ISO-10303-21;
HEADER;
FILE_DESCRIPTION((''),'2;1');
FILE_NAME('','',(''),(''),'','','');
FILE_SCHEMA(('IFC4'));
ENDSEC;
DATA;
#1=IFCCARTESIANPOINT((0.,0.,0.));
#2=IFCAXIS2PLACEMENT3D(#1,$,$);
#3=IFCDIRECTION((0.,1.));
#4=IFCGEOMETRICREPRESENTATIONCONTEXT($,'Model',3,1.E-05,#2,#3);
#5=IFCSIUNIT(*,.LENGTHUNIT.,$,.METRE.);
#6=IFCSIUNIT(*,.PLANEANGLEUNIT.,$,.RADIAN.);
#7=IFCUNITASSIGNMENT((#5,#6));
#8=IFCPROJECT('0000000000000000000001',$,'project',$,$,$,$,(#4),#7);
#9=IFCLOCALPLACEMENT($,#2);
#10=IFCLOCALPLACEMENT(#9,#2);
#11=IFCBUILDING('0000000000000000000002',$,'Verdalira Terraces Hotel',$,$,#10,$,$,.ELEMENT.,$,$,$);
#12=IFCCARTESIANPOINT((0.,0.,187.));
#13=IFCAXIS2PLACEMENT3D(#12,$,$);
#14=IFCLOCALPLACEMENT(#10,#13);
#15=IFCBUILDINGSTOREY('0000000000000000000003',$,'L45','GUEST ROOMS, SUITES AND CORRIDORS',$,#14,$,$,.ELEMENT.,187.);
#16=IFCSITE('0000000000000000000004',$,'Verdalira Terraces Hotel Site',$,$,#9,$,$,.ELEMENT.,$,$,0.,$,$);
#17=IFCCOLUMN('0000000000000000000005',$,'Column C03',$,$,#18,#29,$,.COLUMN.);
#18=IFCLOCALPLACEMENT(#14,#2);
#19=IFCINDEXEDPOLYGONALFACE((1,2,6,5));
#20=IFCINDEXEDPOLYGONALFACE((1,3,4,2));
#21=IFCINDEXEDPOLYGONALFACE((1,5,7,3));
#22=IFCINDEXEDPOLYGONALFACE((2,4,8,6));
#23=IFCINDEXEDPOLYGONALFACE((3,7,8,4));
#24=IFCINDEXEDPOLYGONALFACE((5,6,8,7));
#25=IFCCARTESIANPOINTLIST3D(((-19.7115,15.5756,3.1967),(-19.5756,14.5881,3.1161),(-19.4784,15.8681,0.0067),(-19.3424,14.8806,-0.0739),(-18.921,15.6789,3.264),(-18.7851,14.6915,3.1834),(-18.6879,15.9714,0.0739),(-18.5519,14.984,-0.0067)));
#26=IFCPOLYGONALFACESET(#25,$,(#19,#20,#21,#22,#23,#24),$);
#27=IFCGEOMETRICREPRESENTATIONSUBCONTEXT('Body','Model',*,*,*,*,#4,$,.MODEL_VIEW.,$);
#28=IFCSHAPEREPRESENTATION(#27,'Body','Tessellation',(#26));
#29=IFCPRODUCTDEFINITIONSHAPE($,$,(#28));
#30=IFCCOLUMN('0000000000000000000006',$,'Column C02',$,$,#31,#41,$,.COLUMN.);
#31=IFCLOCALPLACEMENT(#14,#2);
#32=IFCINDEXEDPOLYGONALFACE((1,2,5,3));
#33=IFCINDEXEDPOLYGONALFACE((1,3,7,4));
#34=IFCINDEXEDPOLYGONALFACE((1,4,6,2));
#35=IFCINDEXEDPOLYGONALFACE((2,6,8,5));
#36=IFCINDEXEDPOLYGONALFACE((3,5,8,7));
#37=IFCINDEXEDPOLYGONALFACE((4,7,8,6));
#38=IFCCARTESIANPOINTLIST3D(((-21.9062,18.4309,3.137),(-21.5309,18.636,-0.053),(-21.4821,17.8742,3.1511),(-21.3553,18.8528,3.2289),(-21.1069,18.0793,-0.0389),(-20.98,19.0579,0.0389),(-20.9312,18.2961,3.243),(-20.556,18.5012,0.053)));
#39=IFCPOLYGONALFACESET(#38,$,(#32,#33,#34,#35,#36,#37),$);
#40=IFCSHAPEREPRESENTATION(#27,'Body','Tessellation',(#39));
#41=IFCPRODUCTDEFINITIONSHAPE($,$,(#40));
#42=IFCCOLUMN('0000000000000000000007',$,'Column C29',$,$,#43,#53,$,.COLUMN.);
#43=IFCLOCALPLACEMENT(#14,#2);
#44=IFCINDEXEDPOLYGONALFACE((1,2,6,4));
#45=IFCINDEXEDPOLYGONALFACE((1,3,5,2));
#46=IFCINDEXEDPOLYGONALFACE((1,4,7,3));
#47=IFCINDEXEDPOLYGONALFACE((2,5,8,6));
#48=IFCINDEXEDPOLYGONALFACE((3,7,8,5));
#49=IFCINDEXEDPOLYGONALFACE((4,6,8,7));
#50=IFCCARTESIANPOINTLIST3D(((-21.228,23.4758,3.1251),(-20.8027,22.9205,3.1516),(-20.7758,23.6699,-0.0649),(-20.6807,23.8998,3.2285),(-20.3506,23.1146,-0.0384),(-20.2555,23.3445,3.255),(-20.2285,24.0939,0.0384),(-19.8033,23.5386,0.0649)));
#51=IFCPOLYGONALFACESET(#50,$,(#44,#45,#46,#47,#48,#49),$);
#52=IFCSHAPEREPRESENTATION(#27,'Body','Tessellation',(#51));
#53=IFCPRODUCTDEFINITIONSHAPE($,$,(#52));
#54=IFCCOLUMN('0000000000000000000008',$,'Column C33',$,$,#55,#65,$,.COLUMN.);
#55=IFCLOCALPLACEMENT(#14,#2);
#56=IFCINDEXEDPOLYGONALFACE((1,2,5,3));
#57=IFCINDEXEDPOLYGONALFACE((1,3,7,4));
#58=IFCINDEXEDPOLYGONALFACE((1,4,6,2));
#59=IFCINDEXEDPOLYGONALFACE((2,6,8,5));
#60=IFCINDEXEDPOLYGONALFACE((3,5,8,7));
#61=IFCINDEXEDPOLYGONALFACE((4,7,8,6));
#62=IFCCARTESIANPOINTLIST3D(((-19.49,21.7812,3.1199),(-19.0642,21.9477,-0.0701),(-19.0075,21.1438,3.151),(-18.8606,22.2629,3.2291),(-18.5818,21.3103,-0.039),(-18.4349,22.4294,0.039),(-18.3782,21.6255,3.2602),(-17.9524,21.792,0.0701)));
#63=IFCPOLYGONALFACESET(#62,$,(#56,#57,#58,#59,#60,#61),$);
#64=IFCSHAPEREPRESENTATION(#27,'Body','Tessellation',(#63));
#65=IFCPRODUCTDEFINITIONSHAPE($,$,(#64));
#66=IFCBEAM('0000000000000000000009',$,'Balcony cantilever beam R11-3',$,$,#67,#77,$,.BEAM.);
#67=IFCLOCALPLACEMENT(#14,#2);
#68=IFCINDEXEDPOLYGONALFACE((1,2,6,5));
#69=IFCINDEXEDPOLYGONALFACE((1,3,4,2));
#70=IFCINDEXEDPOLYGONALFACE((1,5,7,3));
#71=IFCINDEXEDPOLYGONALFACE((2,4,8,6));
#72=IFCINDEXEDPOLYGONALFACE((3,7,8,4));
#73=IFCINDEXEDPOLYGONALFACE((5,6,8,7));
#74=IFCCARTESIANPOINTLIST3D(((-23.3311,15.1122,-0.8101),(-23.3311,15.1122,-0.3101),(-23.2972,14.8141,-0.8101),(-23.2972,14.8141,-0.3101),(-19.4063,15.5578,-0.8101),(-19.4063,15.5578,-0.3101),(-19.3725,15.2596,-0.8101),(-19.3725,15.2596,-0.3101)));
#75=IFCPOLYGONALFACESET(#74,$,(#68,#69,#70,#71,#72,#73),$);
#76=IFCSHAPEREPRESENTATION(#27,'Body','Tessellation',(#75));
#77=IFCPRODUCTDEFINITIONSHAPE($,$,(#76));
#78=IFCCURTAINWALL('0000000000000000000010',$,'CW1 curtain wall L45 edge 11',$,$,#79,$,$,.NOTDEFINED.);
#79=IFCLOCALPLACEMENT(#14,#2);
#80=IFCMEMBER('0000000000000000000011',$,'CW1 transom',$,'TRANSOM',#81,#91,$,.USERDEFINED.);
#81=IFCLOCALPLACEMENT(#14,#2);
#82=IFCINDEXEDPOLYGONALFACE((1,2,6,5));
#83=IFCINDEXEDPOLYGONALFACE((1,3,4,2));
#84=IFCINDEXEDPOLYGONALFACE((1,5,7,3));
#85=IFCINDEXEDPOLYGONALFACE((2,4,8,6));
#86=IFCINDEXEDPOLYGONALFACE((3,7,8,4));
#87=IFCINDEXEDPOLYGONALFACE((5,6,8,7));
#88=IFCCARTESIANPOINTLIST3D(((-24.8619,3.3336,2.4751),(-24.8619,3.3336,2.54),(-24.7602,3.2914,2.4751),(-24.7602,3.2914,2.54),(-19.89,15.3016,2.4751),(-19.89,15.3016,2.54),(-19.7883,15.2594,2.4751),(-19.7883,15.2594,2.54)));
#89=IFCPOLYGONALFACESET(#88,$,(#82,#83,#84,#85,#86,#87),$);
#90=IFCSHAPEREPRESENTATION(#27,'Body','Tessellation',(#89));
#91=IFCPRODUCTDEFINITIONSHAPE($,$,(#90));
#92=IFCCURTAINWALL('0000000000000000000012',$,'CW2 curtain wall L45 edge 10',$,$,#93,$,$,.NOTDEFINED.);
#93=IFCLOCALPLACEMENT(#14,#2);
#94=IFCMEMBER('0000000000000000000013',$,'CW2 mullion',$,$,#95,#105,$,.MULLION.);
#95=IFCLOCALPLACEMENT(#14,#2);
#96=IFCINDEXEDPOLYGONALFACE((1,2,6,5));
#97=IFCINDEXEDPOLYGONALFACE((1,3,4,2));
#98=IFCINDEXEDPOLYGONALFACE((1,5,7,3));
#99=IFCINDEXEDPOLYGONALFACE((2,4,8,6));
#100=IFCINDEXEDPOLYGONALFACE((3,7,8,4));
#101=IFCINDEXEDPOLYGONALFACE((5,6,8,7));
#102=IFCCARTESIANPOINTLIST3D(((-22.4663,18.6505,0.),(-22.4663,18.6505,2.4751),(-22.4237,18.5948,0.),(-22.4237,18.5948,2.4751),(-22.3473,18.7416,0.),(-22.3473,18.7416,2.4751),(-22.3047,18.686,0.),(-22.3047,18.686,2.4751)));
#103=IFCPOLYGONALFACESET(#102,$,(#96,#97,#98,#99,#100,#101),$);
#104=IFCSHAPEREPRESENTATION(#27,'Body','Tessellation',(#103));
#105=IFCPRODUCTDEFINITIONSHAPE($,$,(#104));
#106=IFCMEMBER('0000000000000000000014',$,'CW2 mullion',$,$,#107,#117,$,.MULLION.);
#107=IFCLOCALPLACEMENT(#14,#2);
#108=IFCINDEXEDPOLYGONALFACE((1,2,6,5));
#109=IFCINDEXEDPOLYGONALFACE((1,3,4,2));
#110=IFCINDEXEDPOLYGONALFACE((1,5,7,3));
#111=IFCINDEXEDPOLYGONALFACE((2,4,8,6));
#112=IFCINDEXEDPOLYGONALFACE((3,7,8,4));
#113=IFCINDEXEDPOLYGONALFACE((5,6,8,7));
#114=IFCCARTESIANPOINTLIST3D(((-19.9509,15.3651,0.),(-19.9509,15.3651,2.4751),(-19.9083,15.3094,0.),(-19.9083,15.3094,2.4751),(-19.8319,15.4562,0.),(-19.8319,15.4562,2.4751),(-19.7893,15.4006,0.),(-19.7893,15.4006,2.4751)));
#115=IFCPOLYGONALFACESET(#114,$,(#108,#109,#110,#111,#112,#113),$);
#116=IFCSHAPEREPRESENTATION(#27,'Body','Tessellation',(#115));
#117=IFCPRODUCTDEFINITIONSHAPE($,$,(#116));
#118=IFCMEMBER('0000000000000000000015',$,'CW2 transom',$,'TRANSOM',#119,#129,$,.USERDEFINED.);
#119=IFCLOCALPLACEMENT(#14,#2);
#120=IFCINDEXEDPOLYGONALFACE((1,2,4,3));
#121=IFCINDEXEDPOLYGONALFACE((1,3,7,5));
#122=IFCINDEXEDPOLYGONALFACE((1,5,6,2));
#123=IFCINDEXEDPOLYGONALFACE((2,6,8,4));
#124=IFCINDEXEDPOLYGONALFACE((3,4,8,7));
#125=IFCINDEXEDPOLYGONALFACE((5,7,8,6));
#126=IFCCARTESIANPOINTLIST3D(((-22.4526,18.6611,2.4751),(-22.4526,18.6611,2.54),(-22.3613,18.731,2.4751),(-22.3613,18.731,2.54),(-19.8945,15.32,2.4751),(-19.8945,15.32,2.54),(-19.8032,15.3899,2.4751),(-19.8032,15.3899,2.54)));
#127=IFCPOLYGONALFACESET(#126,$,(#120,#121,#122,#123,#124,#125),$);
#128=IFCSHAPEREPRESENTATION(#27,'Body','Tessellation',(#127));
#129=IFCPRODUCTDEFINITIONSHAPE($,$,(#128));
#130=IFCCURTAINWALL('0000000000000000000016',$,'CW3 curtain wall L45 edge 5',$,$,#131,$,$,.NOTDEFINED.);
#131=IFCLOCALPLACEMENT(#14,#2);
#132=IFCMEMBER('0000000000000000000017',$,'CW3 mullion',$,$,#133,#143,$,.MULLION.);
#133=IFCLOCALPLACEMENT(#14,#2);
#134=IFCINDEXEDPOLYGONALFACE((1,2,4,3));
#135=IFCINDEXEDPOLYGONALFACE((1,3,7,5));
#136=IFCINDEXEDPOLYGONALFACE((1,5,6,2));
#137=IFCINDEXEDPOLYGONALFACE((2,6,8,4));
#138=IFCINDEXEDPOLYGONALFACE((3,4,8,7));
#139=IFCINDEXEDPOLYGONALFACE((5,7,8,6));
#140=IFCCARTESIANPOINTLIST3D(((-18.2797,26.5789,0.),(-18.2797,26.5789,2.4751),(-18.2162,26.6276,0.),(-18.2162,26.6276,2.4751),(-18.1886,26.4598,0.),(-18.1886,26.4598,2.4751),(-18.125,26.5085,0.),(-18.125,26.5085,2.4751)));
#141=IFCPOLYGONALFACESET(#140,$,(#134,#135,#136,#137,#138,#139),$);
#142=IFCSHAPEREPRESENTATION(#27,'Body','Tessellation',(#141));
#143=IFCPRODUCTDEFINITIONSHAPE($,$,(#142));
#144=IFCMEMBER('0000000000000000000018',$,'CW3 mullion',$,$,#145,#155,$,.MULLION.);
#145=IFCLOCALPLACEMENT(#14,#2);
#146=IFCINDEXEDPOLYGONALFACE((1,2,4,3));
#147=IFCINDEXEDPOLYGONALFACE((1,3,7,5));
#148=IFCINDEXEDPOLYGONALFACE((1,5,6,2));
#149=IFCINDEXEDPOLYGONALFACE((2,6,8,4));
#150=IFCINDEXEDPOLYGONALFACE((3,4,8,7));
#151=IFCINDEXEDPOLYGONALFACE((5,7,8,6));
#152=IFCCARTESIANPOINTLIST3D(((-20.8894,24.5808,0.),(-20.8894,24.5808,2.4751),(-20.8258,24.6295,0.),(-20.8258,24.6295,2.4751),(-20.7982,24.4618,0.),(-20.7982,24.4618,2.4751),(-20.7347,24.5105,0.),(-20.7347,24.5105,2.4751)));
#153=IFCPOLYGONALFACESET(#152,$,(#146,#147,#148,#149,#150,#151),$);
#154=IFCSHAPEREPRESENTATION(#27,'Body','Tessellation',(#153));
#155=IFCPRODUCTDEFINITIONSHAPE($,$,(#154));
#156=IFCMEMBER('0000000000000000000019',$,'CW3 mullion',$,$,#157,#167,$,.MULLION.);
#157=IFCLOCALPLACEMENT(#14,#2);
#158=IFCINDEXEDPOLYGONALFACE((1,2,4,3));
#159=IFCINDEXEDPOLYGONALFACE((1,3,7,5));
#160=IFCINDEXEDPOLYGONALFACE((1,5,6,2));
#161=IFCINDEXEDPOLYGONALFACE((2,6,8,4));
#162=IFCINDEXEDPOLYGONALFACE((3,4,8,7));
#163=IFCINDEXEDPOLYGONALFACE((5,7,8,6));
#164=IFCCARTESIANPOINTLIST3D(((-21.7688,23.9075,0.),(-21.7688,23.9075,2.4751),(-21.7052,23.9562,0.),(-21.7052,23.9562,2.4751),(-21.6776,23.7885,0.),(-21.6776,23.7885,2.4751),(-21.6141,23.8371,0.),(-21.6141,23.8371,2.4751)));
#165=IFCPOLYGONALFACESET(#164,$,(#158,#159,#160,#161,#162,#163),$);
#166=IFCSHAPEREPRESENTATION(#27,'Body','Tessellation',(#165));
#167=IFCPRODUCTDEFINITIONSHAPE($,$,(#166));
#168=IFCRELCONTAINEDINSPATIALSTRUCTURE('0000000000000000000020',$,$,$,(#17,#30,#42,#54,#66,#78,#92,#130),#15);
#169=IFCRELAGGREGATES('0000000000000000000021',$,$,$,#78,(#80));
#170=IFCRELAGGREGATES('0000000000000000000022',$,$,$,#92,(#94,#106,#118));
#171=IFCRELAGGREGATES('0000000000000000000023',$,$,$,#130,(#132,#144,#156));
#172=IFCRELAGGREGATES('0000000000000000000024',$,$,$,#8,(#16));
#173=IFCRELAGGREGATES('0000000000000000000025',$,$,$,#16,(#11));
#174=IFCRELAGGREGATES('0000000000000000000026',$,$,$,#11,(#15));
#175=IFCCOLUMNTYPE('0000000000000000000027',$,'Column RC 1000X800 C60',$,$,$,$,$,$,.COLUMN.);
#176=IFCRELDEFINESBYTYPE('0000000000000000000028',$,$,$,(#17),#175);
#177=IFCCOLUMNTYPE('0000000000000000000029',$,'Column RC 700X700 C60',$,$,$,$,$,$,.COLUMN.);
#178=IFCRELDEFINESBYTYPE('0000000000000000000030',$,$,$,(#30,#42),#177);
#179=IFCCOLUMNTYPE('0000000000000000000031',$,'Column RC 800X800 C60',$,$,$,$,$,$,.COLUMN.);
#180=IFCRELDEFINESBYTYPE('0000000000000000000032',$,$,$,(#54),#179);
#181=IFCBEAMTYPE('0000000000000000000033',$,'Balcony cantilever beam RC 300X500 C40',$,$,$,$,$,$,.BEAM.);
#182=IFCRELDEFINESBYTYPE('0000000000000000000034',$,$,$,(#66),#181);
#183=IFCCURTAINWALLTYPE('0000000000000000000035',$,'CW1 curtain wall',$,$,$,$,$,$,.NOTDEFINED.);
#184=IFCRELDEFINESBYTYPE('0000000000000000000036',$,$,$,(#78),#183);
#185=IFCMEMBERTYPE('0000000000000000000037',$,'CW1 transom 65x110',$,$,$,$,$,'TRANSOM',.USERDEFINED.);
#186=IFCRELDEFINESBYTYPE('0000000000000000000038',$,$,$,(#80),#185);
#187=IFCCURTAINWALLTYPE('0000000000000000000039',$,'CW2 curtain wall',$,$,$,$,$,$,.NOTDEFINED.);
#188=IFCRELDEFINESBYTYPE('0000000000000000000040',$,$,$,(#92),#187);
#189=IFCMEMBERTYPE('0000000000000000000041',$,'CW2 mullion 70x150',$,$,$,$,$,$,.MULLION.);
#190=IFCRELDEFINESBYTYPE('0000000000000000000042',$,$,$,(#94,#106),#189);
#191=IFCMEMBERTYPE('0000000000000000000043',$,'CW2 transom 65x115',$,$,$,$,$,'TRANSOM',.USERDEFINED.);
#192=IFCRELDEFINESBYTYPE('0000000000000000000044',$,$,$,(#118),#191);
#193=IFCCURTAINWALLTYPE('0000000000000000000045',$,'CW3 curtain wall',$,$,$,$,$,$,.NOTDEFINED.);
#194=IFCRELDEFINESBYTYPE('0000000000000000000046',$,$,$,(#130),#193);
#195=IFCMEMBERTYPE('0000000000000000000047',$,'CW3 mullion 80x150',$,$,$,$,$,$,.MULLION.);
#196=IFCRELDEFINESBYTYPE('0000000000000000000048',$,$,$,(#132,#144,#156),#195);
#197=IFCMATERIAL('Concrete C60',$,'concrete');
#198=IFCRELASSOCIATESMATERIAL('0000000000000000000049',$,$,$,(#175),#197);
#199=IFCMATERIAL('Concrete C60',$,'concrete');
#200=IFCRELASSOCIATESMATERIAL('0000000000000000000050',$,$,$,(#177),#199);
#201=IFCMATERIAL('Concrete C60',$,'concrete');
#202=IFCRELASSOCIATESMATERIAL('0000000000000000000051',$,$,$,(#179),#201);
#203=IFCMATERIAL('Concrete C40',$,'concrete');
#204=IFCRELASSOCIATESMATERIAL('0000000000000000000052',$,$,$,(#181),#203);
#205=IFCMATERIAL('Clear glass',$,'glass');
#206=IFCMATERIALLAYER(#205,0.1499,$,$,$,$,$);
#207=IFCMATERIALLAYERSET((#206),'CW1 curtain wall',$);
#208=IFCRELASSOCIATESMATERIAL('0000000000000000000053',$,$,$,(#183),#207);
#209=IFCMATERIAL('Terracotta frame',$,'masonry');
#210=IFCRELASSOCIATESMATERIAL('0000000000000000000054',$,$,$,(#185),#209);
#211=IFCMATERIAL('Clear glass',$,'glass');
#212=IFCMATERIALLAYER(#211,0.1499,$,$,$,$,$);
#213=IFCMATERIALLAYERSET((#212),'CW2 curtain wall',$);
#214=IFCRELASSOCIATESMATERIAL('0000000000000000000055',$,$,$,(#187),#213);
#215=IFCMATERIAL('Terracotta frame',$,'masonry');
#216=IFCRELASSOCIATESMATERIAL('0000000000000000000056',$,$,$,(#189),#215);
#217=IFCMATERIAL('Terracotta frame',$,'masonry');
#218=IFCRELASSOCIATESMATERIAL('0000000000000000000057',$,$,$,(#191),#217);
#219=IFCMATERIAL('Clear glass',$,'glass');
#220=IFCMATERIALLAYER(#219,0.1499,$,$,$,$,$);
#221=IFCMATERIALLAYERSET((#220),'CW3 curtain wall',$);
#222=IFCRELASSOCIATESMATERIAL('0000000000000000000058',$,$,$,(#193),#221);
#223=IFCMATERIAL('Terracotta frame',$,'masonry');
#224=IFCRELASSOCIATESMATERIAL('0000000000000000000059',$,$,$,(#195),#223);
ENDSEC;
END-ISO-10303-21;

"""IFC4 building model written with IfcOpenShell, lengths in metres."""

from ifc_helpers import new_model, si_unit, direction, frame, origin, origin_2d, place, context, subcontext, project, spatial, rectangle, extrude, material, layer, layer_set, material_profile, profile_set, type_object, element, aggregate, save


model = new_model("IFC4")

# Units and contexts
model_context = context("Model", 3, precision=1e-05, world=origin(), true_north=direction((0.0, 1.0)))
body_context = subcontext(model_context, "Body", "Model", "MODEL_VIEW")
ifc_project = project(units=[si_unit("LENGTHUNIT", "METRE"), si_unit("PLANEANGLEUNIT", "RADIAN")], contexts=[model_context])

# Site, building, storey
site_placement = place(None, origin())
site = spatial("IfcSite", under=ifc_project, at=site_placement, Name="Verdalira Terraces Hotel Site", CompositionType="ELEMENT", RefElevation=0.0)
building_placement = place(site_placement, origin())
building = spatial("IfcBuilding", under=site, at=building_placement, Name="Verdalira Terraces Hotel", CompositionType="ELEMENT")
storey_placement = place(building_placement, frame((0.0, 0.0, 187.0)))
storey = spatial("IfcBuildingStorey", under=building, at=storey_placement, Name="L45", Description="GUEST ROOMS, SUITES AND CORRIDORS", CompositionType="ELEMENT", Elevation=187.0)

# Columns
ifc_material_1 = material(Name="Concrete C60", Category="concrete")
ifc_material_profile_1 = material_profile(ifc_material_1, rectangle(XDim=1.0, YDim=0.8, at=origin_2d()), Name="RC 1000X800")
ifc_profile_set_1 = profile_set([ifc_material_profile_1], Name="Concrete C60")
column_type_1 = type_object("IfcColumnType", Name="Column RC 1000X800 C60", PredefinedType="COLUMN", material=ifc_profile_set_1)
column_1_placement = place(storey_placement, frame((-19.0151, 15.426, 0.0), z_axis=(-0.072593, -0.091064, 0.993196), x_axis=(-0.135973, 0.987429, 0.080597)))
element("IfcColumn", 1, at=column_1_placement, inside=storey, type_object=column_type_1, Name="Column C03", PredefinedType="COLUMN", context=body_context, shape_type="SweptSolid", body=[
    extrude(rectangle(XDim=1.0, YDim=0.8, at=origin_2d()), origin(), (0.0, 0.0, 1.0), 3.2119),
])
ifc_material_2 = material(Name="Concrete C60", Category="concrete")
ifc_material_profile_2 = material_profile(ifc_material_2, rectangle(XDim=0.7, YDim=0.7, at=origin_2d()), Name="RC 700X700")
ifc_profile_set_2 = profile_set([ifc_material_profile_2], Name="Concrete C60")
column_type_2 = type_object("IfcColumnType", Name="Column RC 700X700 C60", PredefinedType="COLUMN", material=ifc_profile_set_2)
column_2_placement = place(storey_placement, frame((-21.0435, 18.5686, 0.0), z_axis=(-0.116591, -0.063719, 0.991134), x_axis=(0.605823, -0.795345, 0.020133)))
element("IfcColumn", 2, at=column_2_placement, inside=storey, type_object=column_type_2, Name="Column C02", PredefinedType="COLUMN", context=body_context, shape_type="SweptSolid", body=[
    extrude(rectangle(XDim=0.7, YDim=0.7, at=origin_2d()), origin(), (0.0, 0.0, 1.0), 3.2185),
])
column_3_placement = place(storey_placement, frame((-20.2896, 23.6042, 0.0), z_axis=(-0.140085, -0.060134, 0.988312), x_axis=(-0.781843, -0.605734, -0.147676)))
element("IfcColumn", 3, at=column_3_placement, inside=storey, type_object=column_type_2, Name="Column C29", PredefinedType="COLUMN", context=body_context, shape_type="SweptSolid", body=[
    extrude(rectangle(XDim=0.7, YDim=0.7, at=origin_2d()), origin(), (0.0, 0.0, 1.0), 3.2278),
])
ifc_material_3 = material(Name="Concrete C60", Category="concrete")
ifc_material_profile_3 = material_profile(ifc_material_3, rectangle(XDim=0.8, YDim=0.8, at=origin_2d()), Name="RC 800X800")
ifc_profile_set_3 = profile_set([ifc_material_profile_3], Name="Concrete C60")
column_type_3 = type_object("IfcColumnType", Name="Column RC 800X800 C60", PredefinedType="COLUMN", material=ifc_profile_set_3)
column_4_placement = place(storey_placement, frame((-18.5083, 21.8699, 0.0), z_axis=(-0.132126, -0.051669, 0.989885), x_axis=(-0.603061, 0.796746, -0.038907)))
element("IfcColumn", 4, at=column_4_placement, inside=storey, type_object=column_type_3, Name="Column C33", PredefinedType="COLUMN", context=body_context, shape_type="SweptSolid", body=[
    extrude(rectangle(XDim=0.8, YDim=0.8, at=origin_2d()), origin(), (0.0, 0.0, 1.0), 3.2227),
])

# Beam
ifc_material_4 = material(Name="Concrete C40", Category="concrete")
ifc_material_profile_4 = material_profile(ifc_material_4, rectangle(XDim=0.3, YDim=0.5, at=origin_2d()), Name="RC 300X500")
ifc_profile_set_4 = profile_set([ifc_material_profile_4], Name="Concrete C40")
beam_type_1 = type_object("IfcBeamType", Name="Balcony cantilever beam RC 300X500 C40", PredefinedType="BEAM", material=ifc_profile_set_4)
beam_1_placement = place(storey_placement, frame((-19.3894, 15.4087, -0.5601), z_axis=(-0.993618, -0.112799, 0.0), x_axis=(0.112799, -0.993618, 0.0)))
element("IfcBeam", 5, at=beam_1_placement, inside=storey, type_object=beam_type_1, Name="Balcony cantilever beam R11-3", PredefinedType="BEAM", context=body_context, shape_type="SweptSolid", body=[
    extrude(rectangle(XDim=0.3, YDim=0.5, at=origin_2d()), origin(), (0.0, 0.0, 1.0), 3.95),
])

# Curtain wall, member
ifc_material_5 = material(Name="Clear glass", Category="glass")
ifc_layer_1 = layer(ifc_material_5, 0.1499)
ifc_layer_set_1 = layer_set([ifc_layer_1], Name="CW1 curtain wall")
curtain_wall_type_1 = type_object("IfcCurtainWallType", Name="CW1 curtain wall", PredefinedType="NOTDEFINED", material=ifc_layer_set_1)
curtain_wall_1_placement = place(storey_placement, origin())
curtain_wall_1 = element("IfcCurtainWall", 6, at=curtain_wall_1_placement, inside=storey, type_object=curtain_wall_type_1, Name="CW1 curtain wall L45 edge 11", PredefinedType="NOTDEFINED")
ifc_material_6 = material(Name="Terracotta frame", Category="masonry")
ifc_material_profile_5 = material_profile(ifc_material_6, rectangle(XDim=0.1101, YDim=0.0649, at=origin_2d()), Name="TR 65x110")
ifc_profile_set_5 = profile_set([ifc_material_profile_5], Name="Terracotta frame")
member_type_1 = type_object("IfcMemberType", Name="CW1 transom 65x110", ElementType="TRANSOM", PredefinedType="USERDEFINED", material=ifc_profile_set_5)
member_1_placement = place(storey_placement, frame((-19.8391, 15.2805, 2.5076), z_axis=(-0.383645, -0.92348, 0.0), x_axis=(0.92348, -0.383645, 0.0)))
member_1 = element("IfcMember", 7, at=member_1_placement, type_object=member_type_1, Name="CW1 transom", ObjectType="TRANSOM", PredefinedType="USERDEFINED", context=body_context, shape_type="SweptSolid", body=[
    extrude(rectangle(XDim=0.1101, YDim=0.0649, at=origin_2d()), origin(), (0.0, 0.0, 1.0), 12.9597),
])
aggregate(curtain_wall_1, [member_1])

# Curtain walls, members
ifc_material_7 = material(Name="Clear glass", Category="glass")
ifc_layer_2 = layer(ifc_material_7, 0.1499)
ifc_layer_set_2 = layer_set([ifc_layer_2], Name="CW2 curtain wall")
curtain_wall_type_2 = type_object("IfcCurtainWallType", Name="CW2 curtain wall", PredefinedType="NOTDEFINED", material=ifc_layer_set_2)
curtain_wall_2_placement = place(storey_placement, origin())
curtain_wall_2 = element("IfcCurtainWall", 8, at=curtain_wall_2_placement, inside=storey, type_object=curtain_wall_type_2, Name="CW2 curtain wall L45 edge 10", PredefinedType="NOTDEFINED")
ifc_material_8 = material(Name="Terracotta frame", Category="masonry")
ifc_material_profile_6 = material_profile(ifc_material_8, rectangle(XDim=0.0701, YDim=0.1499, at=origin_2d()), Name="MU 70x150")
ifc_profile_set_6 = profile_set([ifc_material_profile_6], Name="Terracotta frame")
member_type_2 = type_object("IfcMemberType", Name="CW2 mullion 70x150", PredefinedType="MULLION", material=ifc_profile_set_6)
member_2_placement = place(storey_placement, frame((-22.3855, 18.6682, 0.0), z_axis=(0.0, 0.0, 1.0), x_axis=(0.60793, -0.79399, 0.0)))
member_2 = element("IfcMember", 9, at=member_2_placement, type_object=member_type_2, Name="CW2 mullion", PredefinedType="MULLION", context=body_context, shape_type="SweptSolid", body=[
    extrude(rectangle(XDim=0.0701, YDim=0.1499, at=origin_2d()), origin(), (0.0, 0.0, 1.0), 2.4751),
])
member_3_placement = place(storey_placement, frame((-19.8701, 15.3828, 0.0), z_axis=(0.0, 0.0, 1.0), x_axis=(0.60793, -0.79399, 0.0)))
member_3 = element("IfcMember", 10, at=member_3_placement, type_object=member_type_2, Name="CW2 mullion", PredefinedType="MULLION", context=body_context, shape_type="SweptSolid", body=[
    extrude(rectangle(XDim=0.0701, YDim=0.1499, at=origin_2d()), origin(), (0.0, 0.0, 1.0), 2.4751),
])
ifc_material_9 = material(Name="Terracotta frame", Category="masonry")
ifc_material_profile_7 = material_profile(ifc_material_9, rectangle(XDim=0.115, YDim=0.0649, at=origin_2d()), Name="TR 65x115")
ifc_profile_set_7 = profile_set([ifc_material_profile_7], Name="Terracotta frame")
member_type_3 = type_object("IfcMemberType", Name="CW2 transom 65x115", ElementType="TRANSOM", PredefinedType="USERDEFINED", material=ifc_profile_set_7)
member_4_placement = place(storey_placement, frame((-22.407, 18.696, 2.5076), z_axis=(0.607926, -0.793994, 0.0), x_axis=(0.793994, 0.607926, 0.0)))
member_4 = element("IfcMember", 11, at=member_4_placement, type_object=member_type_3, Name="CW2 transom", ObjectType="TRANSOM", PredefinedType="USERDEFINED", context=body_context, shape_type="SweptSolid", body=[
    extrude(rectangle(XDim=0.115, YDim=0.0649, at=origin_2d()), origin(), (0.0, 0.0, 1.0), 4.208),
])
ifc_material_10 = material(Name="Clear glass", Category="glass")
ifc_layer_3 = layer(ifc_material_10, 0.1499)
ifc_layer_set_3 = layer_set([ifc_layer_3], Name="CW3 curtain wall")
curtain_wall_type_3 = type_object("IfcCurtainWallType", Name="CW3 curtain wall", PredefinedType="NOTDEFINED", material=ifc_layer_set_3)
curtain_wall_3_placement = place(storey_placement, origin())
curtain_wall_3 = element("IfcCurtainWall", 12, at=curtain_wall_3_placement, inside=storey, type_object=curtain_wall_type_3, Name="CW3 curtain wall L45 edge 5", PredefinedType="NOTDEFINED")
ifc_material_11 = material(Name="Terracotta frame", Category="masonry")
ifc_material_profile_8 = material_profile(ifc_material_11, rectangle(XDim=0.0801, YDim=0.1499, at=origin_2d()), Name="MU 80x150")
ifc_profile_set_8 = profile_set([ifc_material_profile_8], Name="Terracotta frame")
member_type_4 = type_object("IfcMemberType", Name="CW3 mullion 80x150", PredefinedType="MULLION", material=ifc_profile_set_8)
member_5_placement = place(storey_placement, frame((-18.2024, 26.5437, 0.0), z_axis=(0.0, 0.0, 1.0), x_axis=(-0.79399, -0.60793, 0.0)))
member_5 = element("IfcMember", 13, at=member_5_placement, type_object=member_type_4, Name="CW3 mullion", PredefinedType="MULLION", context=body_context, shape_type="SweptSolid", body=[
    extrude(rectangle(XDim=0.0801, YDim=0.1499, at=origin_2d()), origin(), (0.0, 0.0, 1.0), 2.4751),
])
member_6_placement = place(storey_placement, frame((-20.812, 24.5457, 0.0), z_axis=(0.0, 0.0, 1.0), x_axis=(-0.79399, -0.60793, 0.0)))
member_6 = element("IfcMember", 14, at=member_6_placement, type_object=member_type_4, Name="CW3 mullion", PredefinedType="MULLION", context=body_context, shape_type="SweptSolid", body=[
    extrude(rectangle(XDim=0.0801, YDim=0.1499, at=origin_2d()), origin(), (0.0, 0.0, 1.0), 2.4751),
])
member_7_placement = place(storey_placement, frame((-21.6914, 23.8723, 0.0), z_axis=(0.0, 0.0, 1.0), x_axis=(-0.79399, -0.60793, 0.0)))
member_7 = element("IfcMember", 15, at=member_7_placement, type_object=member_type_4, Name="CW3 mullion", PredefinedType="MULLION", context=body_context, shape_type="SweptSolid", body=[
    extrude(rectangle(XDim=0.0801, YDim=0.1499, at=origin_2d()), origin(), (0.0, 0.0, 1.0), 2.4751),
])

aggregate(curtain_wall_2, [member_2, member_3, member_4])
aggregate(curtain_wall_3, [member_5, member_6, member_7])

save(model, "model.ifc")
